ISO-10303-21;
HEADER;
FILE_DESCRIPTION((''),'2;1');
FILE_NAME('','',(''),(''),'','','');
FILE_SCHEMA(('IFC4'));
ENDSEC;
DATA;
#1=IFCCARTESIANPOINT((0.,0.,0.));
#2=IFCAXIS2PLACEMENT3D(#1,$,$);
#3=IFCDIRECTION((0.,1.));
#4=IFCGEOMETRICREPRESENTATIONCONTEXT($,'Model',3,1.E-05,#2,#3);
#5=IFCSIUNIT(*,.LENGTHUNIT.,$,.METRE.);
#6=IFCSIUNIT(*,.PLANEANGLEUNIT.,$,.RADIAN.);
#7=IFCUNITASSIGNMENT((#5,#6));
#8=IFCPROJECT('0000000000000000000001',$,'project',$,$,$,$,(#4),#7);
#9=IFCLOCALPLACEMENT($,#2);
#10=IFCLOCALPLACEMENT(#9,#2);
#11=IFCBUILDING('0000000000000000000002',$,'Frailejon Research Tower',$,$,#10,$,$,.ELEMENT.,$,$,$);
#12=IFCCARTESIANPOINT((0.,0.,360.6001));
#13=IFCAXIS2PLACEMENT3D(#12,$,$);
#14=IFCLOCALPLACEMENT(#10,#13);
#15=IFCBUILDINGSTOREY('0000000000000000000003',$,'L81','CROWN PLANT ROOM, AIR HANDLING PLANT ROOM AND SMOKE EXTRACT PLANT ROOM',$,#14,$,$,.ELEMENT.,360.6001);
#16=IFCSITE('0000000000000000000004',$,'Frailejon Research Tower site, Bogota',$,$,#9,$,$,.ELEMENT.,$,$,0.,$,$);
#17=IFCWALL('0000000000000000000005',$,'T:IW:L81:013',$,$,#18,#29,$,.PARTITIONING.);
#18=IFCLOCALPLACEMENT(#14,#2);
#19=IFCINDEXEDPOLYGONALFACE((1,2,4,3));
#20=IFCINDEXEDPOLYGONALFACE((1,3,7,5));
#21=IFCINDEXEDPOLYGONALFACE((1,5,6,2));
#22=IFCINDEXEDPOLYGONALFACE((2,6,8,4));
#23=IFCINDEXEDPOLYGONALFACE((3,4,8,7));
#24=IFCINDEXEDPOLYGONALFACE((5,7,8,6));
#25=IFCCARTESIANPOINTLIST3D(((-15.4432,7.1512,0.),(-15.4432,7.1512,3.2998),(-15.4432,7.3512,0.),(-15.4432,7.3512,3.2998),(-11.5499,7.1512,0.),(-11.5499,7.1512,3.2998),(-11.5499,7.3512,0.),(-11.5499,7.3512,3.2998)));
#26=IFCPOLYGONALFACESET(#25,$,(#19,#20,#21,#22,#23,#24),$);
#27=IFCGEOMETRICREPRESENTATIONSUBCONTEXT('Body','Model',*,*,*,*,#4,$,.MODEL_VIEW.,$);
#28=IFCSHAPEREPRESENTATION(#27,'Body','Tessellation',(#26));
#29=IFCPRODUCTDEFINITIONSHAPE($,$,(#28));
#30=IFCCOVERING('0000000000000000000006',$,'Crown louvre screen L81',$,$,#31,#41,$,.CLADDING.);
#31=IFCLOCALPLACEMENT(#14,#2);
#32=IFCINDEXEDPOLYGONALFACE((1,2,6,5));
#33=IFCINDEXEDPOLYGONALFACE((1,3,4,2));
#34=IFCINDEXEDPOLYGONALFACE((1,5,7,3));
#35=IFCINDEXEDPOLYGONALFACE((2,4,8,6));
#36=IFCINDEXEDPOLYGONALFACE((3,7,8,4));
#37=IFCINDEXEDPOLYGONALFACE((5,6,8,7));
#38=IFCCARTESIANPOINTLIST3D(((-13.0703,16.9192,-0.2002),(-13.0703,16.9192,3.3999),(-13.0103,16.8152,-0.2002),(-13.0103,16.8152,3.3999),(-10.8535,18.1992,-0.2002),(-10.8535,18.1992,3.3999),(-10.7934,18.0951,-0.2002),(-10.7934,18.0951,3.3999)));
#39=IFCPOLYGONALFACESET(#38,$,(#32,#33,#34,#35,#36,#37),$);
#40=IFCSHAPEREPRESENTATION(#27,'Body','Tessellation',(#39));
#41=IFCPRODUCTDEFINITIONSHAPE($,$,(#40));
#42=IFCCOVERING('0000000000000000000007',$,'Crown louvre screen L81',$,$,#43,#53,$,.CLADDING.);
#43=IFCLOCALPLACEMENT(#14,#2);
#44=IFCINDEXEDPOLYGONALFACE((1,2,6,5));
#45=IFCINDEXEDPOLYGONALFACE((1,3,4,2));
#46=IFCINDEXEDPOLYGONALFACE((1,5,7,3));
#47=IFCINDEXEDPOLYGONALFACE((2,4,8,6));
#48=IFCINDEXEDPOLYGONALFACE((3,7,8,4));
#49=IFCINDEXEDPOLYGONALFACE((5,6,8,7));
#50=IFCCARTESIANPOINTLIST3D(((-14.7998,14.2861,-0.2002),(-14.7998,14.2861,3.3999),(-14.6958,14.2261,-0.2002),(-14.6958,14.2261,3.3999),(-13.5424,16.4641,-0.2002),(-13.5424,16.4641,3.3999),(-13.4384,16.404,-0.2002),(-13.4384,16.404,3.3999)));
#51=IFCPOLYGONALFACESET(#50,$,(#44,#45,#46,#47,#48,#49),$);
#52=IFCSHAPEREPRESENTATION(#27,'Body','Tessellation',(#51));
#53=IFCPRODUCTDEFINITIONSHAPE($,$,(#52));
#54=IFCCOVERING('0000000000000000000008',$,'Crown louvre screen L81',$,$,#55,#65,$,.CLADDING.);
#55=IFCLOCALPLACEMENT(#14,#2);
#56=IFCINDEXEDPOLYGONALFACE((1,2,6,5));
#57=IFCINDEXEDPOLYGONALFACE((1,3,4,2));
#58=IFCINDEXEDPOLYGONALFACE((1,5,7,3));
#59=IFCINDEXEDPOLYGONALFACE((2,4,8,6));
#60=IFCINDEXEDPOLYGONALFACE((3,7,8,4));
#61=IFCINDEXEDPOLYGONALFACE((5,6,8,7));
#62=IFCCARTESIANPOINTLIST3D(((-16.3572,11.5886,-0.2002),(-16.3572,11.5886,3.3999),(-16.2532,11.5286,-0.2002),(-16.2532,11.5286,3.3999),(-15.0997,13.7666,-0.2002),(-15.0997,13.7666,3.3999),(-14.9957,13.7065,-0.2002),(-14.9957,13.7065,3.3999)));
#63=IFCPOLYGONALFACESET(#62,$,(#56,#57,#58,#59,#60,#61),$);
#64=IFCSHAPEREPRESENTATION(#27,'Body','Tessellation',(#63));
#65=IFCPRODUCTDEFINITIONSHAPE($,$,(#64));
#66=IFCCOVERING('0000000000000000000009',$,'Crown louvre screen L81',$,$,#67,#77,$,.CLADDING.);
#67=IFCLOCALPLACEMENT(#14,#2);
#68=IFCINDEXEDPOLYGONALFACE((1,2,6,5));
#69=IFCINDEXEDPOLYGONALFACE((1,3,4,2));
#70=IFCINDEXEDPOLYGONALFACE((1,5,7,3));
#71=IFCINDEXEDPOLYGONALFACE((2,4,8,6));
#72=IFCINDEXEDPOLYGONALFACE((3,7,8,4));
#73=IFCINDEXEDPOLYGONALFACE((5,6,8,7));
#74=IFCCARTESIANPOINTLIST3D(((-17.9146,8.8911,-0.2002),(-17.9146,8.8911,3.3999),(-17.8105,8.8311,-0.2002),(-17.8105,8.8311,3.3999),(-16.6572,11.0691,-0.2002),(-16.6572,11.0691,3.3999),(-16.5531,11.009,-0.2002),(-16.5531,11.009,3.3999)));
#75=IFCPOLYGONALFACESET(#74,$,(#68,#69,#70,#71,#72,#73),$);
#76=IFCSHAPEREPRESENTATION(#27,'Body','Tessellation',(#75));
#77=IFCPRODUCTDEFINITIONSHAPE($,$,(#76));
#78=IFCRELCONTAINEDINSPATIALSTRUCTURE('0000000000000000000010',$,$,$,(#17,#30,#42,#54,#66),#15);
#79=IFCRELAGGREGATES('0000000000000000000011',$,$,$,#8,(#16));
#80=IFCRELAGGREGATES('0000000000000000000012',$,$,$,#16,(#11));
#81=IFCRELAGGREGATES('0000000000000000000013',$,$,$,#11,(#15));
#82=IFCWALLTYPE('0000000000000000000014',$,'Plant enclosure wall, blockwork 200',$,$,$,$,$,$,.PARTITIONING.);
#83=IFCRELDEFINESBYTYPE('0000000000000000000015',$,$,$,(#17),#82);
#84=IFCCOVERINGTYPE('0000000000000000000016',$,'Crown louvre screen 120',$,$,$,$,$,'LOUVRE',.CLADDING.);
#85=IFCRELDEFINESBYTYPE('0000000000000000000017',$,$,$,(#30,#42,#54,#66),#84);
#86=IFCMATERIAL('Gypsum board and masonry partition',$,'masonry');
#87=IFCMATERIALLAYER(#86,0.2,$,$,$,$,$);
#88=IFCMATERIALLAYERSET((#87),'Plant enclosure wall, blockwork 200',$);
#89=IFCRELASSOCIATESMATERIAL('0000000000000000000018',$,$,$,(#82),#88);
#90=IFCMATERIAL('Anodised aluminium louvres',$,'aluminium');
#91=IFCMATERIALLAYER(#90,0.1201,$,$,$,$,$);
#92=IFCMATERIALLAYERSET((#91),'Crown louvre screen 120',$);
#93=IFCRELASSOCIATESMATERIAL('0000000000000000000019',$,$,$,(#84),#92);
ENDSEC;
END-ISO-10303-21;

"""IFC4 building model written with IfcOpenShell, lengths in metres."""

from ifc_helpers import new_model, si_unit, direction, frame, frame_2d, origin, place, context, subcontext, project, spatial, polyline, rectangle, outline, extrude, material, layer, layer_set, type_object, element, save


model = new_model("IFC4")

# Units and contexts
model_context = context("Model", 3, precision=1e-05, world=origin(), true_north=direction((0.0, 1.0)))
body_context = subcontext(model_context, "Body", "Model", "MODEL_VIEW")
ifc_project = project(units=[si_unit("LENGTHUNIT", "METRE"), si_unit("PLANEANGLEUNIT", "RADIAN")], contexts=[model_context])

# Site, building, storey
site_placement = place(None, origin())
site = spatial("IfcSite", under=ifc_project, at=site_placement, Name="Frailejon Research Tower site, Bogota", CompositionType="ELEMENT", RefElevation=0.0)
building_placement = place(site_placement, origin())
building = spatial("IfcBuilding", under=site, at=building_placement, Name="Frailejon Research Tower", CompositionType="ELEMENT")
storey_placement = place(building_placement, frame((0.0, 0.0, 360.6001)))
storey = spatial("IfcBuildingStorey", under=building, at=storey_placement, Name="L81", Description="CROWN PLANT ROOM, AIR HANDLING PLANT ROOM AND SMOKE EXTRACT PLANT ROOM", CompositionType="ELEMENT", Elevation=360.6001)

# Shared definitions
ifc_material_1 = material(Name="Gypsum board and masonry partition", Category="masonry")
ifc_layer_1 = layer(ifc_material_1, 0.2)
ifc_layer_set_1 = layer_set([ifc_layer_1], Name="Plant enclosure wall, blockwork 200")
wall_type_1 = type_object("IfcWallType", Name="Plant enclosure wall, blockwork 200", PredefinedType="PARTITIONING", material=ifc_layer_set_1)

# Wall
wall_1_placement = place(storey_placement, frame((-15.4434, 7.2512, 0.0), z_axis=(0.0, 0.0, 1.0), x_axis=(1.0, 0.0, 0.0)))
element("IfcWall", 1, at=wall_1_placement, inside=storey, type_object=wall_type_1, Name="T:IW:L81:013", PredefinedType="PARTITIONING", context=body_context, shape_type="SweptSolid", body=[
    extrude(rectangle(XDim=3.8933, YDim=0.2, at=frame_2d((1.9468, 0.0))), origin(), (0.0, 0.0, 1.0), 3.2998),
])

# Coverings
ifc_material_2 = material(Name="Anodised aluminium louvres", Category="aluminium")
ifc_layer_2 = layer(ifc_material_2, 0.1201)
ifc_layer_set_2 = layer_set([ifc_layer_2], Name="Crown louvre screen 120")
covering_type = type_object("IfcCoveringType", Name="Crown louvre screen 120", ElementType="LOUVRE", PredefinedType="CLADDING", material=ifc_layer_set_2)
covering_placement = place(storey_placement, frame((-13.0403, 16.8672, -0.2002), z_axis=(0.866011, 0.500026, 0.0), x_axis=(-0.500026, 0.866011, 0.0)))
element("IfcCovering", 2, at=covering_placement, inside=storey, type_object=covering_type, Name="Crown louvre screen L81", PredefinedType="CLADDING", context=body_context, shape_type="SweptSolid", body=[
    extrude(outline(polyline([(-0.0601, 0.0), (0.0601, 0.0), (0.0601, 3.6001), (-0.0601, 3.6001), (-0.0601, 0.0)])), origin(), (0.0, 0.0, 1.0), 2.5598),
])
for number, where, z_axis, x_axis, name in (
    (3, (-14.7478, 14.2561, -0.2002), (0.499997, 0.866027, 0.0), (-0.866027, 0.499997, 0.0), "Crown louvre screen L81"),
    (4, (-16.3052, 11.5586, -0.2002), (0.500009, 0.86602, 0.0), (-0.86602, 0.500009, 0.0), "Crown louvre screen L81"),
    (5, (-17.8625, 8.8611, -0.2002), (0.499979, 0.866037, 0.0), (-0.866037, 0.499979, 0.0), "Crown louvre screen L81"),
):
    element("IfcCovering", number, at=place(storey_placement, frame(where, z_axis=z_axis, x_axis=x_axis)), inside=storey, type_object=covering_type, Name=name, PredefinedType="CLADDING", context=body_context, shape_type="SweptSolid", body=[
        extrude(outline(polyline([(-0.0601, 0.0), (0.0601, 0.0), (0.0601, 3.6001), (-0.0601, 3.6001), (-0.0601, 0.0)])), origin(), (0.0, 0.0, 1.0), 2.5149),
    ])

save(model, "model.ifc")
